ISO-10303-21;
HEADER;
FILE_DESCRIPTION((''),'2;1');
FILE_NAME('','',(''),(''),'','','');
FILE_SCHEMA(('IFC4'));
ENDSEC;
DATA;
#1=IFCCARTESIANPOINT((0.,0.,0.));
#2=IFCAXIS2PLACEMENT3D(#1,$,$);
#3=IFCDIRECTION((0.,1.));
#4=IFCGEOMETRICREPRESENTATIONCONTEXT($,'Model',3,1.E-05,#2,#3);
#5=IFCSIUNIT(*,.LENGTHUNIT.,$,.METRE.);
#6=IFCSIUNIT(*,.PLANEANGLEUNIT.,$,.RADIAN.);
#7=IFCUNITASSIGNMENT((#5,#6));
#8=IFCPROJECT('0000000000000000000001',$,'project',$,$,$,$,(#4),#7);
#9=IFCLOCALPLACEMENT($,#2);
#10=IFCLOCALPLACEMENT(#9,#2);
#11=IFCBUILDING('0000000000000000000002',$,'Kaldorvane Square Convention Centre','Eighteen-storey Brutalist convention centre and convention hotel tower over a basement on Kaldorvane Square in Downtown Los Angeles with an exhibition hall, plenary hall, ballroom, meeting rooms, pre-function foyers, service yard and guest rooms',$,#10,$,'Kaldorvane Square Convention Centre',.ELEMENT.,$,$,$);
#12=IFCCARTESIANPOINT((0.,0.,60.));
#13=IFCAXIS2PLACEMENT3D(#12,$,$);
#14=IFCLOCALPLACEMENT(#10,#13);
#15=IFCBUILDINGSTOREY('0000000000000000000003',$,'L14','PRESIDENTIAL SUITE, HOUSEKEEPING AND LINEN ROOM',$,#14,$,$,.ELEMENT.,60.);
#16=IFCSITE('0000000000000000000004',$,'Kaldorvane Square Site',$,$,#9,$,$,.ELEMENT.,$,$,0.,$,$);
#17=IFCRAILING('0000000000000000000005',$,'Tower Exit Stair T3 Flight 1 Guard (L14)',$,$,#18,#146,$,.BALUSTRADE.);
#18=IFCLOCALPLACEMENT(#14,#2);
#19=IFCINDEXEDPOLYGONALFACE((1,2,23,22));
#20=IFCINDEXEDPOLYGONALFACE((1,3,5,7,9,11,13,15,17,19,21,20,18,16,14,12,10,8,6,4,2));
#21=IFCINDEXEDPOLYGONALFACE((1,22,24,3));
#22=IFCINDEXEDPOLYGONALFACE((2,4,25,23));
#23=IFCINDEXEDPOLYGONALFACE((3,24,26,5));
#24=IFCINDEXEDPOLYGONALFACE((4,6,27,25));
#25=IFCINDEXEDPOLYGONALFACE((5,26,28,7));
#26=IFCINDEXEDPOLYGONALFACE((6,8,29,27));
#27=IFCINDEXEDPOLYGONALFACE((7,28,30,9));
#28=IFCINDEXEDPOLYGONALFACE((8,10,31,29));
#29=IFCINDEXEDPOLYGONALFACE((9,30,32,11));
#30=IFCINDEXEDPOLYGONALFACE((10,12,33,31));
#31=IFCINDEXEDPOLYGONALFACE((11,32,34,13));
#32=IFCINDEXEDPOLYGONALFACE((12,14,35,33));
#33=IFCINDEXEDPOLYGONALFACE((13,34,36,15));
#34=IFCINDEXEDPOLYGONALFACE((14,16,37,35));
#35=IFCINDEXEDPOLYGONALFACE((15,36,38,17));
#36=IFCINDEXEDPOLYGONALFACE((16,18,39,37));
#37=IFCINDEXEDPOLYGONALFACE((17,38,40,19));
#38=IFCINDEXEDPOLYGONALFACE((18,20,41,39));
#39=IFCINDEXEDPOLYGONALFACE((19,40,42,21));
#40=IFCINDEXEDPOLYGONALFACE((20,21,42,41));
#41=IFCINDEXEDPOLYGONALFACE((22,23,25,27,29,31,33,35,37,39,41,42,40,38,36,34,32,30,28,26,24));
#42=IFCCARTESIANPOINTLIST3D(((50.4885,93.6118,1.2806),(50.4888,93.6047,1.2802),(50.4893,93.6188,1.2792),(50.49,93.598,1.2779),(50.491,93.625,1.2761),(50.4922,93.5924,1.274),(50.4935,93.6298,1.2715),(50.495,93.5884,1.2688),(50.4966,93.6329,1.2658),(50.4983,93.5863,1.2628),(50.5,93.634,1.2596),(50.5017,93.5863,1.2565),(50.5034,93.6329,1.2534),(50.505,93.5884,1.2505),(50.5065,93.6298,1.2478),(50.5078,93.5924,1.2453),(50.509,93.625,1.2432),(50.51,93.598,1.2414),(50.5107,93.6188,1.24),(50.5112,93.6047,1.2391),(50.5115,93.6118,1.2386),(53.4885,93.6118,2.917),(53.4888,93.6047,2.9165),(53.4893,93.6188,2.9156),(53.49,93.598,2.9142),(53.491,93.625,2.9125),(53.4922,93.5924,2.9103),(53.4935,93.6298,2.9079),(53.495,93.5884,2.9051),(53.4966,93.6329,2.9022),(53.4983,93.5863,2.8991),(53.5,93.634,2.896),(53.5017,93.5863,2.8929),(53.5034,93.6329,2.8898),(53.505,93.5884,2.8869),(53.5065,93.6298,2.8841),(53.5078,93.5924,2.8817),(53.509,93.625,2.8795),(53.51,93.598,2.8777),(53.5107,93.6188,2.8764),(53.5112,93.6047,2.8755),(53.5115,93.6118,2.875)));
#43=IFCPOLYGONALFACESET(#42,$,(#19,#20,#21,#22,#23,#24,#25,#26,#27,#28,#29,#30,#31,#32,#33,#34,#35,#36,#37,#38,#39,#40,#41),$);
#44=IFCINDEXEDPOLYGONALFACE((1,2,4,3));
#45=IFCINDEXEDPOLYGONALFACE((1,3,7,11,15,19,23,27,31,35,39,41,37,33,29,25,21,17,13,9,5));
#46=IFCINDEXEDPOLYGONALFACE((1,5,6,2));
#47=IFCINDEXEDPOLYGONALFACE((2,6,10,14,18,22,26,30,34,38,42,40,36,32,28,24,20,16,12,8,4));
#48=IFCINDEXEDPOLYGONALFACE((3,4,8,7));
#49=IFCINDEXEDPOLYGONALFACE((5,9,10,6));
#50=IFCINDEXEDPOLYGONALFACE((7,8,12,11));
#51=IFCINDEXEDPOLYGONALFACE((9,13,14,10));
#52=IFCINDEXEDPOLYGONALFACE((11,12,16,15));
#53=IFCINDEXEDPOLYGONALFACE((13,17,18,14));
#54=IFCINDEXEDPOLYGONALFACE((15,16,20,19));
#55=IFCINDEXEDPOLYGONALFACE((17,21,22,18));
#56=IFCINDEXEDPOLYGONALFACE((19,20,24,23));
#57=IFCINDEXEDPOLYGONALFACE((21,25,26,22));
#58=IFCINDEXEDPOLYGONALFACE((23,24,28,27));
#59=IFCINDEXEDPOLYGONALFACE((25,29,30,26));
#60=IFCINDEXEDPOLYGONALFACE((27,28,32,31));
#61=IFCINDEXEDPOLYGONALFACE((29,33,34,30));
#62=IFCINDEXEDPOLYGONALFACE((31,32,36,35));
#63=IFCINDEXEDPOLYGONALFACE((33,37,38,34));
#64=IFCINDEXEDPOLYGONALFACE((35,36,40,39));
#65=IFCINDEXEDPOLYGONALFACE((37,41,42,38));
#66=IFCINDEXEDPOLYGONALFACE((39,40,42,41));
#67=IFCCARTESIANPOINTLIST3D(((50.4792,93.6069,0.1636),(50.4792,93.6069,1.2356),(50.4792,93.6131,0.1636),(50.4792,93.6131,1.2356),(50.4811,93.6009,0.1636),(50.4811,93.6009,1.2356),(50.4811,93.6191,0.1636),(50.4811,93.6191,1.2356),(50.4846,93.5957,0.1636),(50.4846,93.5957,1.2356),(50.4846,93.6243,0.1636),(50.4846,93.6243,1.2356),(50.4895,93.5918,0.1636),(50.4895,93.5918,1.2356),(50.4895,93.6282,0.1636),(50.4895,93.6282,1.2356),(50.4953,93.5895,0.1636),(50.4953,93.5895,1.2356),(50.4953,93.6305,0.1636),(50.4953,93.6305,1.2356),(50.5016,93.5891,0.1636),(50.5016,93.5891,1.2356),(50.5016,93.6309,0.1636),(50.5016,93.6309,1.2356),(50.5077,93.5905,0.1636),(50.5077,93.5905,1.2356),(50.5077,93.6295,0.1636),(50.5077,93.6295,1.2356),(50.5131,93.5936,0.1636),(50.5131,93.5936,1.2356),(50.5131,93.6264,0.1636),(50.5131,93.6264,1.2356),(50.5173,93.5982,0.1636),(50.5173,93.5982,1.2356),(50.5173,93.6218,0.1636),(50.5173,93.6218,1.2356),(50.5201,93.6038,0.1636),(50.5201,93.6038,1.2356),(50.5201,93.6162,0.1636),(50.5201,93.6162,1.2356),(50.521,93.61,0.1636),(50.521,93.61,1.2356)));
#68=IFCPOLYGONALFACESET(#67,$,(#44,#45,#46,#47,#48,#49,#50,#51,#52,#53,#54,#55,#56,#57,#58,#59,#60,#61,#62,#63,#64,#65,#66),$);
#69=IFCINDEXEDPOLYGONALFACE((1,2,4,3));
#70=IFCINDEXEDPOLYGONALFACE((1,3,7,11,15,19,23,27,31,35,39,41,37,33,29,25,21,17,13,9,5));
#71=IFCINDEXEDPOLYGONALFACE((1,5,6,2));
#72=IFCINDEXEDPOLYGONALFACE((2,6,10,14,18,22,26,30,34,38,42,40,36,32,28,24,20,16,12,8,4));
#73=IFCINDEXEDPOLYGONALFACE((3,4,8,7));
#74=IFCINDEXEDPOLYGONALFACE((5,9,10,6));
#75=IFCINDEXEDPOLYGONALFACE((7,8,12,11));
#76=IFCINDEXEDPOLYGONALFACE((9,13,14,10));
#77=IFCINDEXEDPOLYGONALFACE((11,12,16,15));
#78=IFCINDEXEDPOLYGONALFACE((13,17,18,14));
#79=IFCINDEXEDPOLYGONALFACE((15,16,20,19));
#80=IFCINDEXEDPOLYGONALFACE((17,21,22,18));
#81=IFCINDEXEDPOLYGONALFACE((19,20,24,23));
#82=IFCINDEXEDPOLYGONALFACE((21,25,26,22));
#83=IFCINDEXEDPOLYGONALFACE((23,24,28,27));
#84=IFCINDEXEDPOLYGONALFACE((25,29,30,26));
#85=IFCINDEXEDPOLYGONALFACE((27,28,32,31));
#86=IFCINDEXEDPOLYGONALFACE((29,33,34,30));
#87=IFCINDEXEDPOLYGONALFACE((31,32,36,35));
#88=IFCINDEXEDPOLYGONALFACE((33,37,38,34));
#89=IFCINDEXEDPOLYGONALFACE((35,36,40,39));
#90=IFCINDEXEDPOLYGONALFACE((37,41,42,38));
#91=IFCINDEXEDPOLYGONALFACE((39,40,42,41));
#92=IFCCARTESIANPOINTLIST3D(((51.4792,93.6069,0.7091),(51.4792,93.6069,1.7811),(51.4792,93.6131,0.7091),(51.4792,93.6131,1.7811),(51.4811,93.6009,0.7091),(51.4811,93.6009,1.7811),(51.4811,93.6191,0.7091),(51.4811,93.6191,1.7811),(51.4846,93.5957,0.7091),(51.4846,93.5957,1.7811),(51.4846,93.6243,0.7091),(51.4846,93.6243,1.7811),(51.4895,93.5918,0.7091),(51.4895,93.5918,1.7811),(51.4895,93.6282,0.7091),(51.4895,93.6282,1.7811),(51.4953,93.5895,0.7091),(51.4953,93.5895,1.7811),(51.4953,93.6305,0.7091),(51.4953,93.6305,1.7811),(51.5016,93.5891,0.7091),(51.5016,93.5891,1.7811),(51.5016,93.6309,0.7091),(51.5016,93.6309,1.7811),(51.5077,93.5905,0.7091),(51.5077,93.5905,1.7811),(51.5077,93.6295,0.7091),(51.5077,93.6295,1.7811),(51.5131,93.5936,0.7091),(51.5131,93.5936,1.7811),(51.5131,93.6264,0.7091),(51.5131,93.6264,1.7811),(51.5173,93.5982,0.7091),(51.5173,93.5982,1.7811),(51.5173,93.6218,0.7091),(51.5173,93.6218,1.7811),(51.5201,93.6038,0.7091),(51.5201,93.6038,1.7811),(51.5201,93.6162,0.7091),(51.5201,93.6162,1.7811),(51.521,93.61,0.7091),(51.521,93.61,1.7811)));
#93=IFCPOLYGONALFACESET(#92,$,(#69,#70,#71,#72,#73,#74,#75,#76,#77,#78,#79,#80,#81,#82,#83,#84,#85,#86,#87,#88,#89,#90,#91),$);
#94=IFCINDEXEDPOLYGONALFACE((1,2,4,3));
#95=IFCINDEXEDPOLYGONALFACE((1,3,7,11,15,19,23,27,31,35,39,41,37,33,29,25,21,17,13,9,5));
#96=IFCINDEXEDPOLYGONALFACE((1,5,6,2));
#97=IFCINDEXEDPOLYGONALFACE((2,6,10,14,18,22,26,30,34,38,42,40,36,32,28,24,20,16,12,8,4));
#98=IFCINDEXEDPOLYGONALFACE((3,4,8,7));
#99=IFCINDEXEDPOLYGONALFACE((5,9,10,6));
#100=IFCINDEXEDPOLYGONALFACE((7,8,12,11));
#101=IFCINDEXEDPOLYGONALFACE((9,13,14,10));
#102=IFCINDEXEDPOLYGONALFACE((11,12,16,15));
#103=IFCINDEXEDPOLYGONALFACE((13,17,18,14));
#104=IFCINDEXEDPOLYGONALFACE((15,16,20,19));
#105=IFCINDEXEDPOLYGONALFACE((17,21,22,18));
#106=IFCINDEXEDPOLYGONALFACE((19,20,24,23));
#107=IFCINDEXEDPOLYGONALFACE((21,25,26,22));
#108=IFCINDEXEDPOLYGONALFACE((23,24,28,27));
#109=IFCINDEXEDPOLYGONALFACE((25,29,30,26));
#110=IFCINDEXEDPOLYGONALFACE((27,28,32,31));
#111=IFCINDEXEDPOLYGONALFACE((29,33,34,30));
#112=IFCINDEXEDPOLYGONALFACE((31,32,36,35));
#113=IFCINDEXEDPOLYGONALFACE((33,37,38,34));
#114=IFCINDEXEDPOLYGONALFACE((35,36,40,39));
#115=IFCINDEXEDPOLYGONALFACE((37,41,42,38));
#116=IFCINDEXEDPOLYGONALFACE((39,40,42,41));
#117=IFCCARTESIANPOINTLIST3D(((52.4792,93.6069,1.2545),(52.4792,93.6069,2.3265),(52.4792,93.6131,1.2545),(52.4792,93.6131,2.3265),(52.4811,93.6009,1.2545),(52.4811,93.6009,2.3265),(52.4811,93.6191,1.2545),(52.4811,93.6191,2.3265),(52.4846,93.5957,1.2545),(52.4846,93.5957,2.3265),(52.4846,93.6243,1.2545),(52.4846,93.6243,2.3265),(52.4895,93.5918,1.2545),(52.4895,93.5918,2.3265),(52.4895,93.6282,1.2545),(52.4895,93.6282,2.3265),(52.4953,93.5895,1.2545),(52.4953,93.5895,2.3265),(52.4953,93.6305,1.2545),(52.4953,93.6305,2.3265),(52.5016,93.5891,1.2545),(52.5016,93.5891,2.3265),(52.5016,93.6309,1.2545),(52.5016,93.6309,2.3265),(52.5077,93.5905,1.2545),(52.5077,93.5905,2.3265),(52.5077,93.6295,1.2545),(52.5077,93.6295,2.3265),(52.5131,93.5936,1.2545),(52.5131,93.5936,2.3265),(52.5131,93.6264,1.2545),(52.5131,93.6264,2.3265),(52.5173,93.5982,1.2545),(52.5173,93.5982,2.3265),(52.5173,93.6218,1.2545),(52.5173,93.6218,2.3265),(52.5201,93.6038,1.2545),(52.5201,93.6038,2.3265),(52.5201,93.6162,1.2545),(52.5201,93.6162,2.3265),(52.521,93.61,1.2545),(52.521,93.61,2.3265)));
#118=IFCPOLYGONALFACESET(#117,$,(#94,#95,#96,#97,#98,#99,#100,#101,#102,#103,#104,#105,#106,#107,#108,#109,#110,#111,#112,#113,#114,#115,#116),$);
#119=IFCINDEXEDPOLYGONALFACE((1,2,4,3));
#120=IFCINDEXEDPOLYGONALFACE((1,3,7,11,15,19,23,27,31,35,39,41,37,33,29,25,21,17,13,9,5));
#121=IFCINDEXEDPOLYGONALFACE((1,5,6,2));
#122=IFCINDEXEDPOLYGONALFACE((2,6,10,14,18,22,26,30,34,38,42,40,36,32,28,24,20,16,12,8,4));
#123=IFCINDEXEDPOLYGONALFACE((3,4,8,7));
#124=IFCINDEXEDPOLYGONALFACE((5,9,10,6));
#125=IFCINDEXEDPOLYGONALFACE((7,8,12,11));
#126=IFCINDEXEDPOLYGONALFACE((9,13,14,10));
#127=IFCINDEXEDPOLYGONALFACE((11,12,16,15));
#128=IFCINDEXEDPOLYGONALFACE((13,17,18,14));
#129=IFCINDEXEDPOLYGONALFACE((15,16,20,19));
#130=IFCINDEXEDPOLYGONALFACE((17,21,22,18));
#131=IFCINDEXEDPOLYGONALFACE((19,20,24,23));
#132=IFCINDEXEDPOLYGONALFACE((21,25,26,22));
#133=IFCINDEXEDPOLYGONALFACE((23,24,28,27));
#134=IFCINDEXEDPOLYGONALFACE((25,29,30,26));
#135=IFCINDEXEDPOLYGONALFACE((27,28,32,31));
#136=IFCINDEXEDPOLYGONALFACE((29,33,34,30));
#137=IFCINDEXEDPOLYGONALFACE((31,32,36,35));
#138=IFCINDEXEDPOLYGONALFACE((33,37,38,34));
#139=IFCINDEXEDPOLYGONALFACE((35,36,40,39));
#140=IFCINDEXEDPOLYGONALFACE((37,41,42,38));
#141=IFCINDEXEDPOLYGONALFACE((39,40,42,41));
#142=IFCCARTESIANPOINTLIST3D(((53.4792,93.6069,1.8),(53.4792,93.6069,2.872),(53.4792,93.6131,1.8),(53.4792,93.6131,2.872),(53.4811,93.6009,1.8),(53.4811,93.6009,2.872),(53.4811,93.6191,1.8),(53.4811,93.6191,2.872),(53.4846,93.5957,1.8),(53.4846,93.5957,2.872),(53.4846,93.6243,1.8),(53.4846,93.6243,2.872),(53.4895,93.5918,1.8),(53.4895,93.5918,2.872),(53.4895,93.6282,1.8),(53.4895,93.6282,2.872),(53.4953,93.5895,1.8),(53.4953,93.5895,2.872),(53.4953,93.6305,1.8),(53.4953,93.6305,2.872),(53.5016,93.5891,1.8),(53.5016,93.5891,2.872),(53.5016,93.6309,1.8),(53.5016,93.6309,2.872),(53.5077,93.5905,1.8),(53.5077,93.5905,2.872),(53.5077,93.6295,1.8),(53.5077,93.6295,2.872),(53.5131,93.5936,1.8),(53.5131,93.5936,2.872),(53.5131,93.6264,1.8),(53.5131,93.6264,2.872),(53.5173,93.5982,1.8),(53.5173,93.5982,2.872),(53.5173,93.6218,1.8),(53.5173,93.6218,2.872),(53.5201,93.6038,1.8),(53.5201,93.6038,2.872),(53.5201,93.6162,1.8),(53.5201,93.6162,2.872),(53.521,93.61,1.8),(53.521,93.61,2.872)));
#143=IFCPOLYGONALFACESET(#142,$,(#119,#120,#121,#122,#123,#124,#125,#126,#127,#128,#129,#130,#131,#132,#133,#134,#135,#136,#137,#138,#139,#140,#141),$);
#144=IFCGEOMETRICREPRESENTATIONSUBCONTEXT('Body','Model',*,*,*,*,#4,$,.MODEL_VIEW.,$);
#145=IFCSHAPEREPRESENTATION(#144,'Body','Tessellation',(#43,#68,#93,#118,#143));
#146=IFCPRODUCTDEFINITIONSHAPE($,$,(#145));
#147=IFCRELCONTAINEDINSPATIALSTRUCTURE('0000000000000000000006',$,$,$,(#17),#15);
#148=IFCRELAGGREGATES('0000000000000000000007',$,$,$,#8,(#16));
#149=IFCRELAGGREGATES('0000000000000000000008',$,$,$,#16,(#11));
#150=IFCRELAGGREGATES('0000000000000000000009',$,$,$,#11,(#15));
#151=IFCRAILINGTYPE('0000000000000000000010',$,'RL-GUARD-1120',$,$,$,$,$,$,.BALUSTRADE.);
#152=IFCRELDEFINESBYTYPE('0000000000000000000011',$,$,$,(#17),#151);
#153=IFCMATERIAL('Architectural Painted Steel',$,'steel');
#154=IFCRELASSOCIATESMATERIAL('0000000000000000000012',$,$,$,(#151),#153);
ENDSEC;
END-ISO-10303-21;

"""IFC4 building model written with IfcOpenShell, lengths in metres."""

from ifc_helpers import new_model, si_unit, direction, frame, origin, origin_2d, place, context, subcontext, project, spatial, circle, extrude, material, type_object, element, save


model = new_model("IFC4")

# Units and contexts
model_context = context("Model", 3, precision=1e-05, world=origin(), true_north=direction((0.0, 1.0)))
body_context = subcontext(model_context, "Body", "Model", "MODEL_VIEW")
ifc_project = project(units=[si_unit("LENGTHUNIT", "METRE"), si_unit("PLANEANGLEUNIT", "RADIAN")], contexts=[model_context])

# Site, building, storey
site_placement = place(None, origin())
site = spatial("IfcSite", under=ifc_project, at=site_placement, Name="Kaldorvane Square Site", CompositionType="ELEMENT", RefElevation=0.0)
building_placement = place(site_placement, origin())
building = spatial("IfcBuilding", under=site, at=building_placement, Name="Kaldorvane Square Convention Centre", Description="Eighteen-storey Brutalist convention centre and convention hotel tower over a basement on Kaldorvane Square in Downtown Los Angeles with an exhibition hall, plenary hall, ballroom, meeting rooms, pre-function foyers, service yard and guest rooms", LongName="Kaldorvane Square Convention Centre", CompositionType="ELEMENT")
storey_placement = place(building_placement, frame((0.0, 0.0, 60.0)))
storey = spatial("IfcBuildingStorey", under=building, at=storey_placement, Name="L14", Description="PRESIDENTIAL SUITE, HOUSEKEEPING AND LINEN ROOM", CompositionType="ELEMENT", Elevation=60.0)

# Railing
ifc_material_1 = material(Name="Architectural Painted Steel", Category="steel")
railing_type_1 = type_object("IfcRailingType", Name="RL-GUARD-1120", PredefinedType="BALUSTRADE", material=ifc_material_1)
railing_placement = place(storey_placement, frame((50.5, 93.61, 0.1636)))
element("IfcRailing", 1, at=railing_placement, inside=storey, type_object=railing_type_1, Name="Tower Exit Stair T3 Flight 1 Guard (L14)", PredefinedType="BALUSTRADE", context=body_context, shape_type="SweptSolid", body=[
    extrude(circle(Radius=0.024, at=origin_2d()), frame((0.0, 0.0, 1.096), z_axis=(0.877895, 0.0, 0.478853), x_axis=(0.0, 1.0, 0.0)), (0.0, 0.0, 1.0), 3.4173),
    extrude(circle(Radius=0.021, at=origin_2d()), origin(), (0.0, 0.0, 1.0), 1.072),
    extrude(circle(Radius=0.021, at=origin_2d()), frame((1.0, 0.0, 0.5455)), (0.0, 0.0, 1.0), 1.072),
    extrude(circle(Radius=0.021, at=origin_2d()), frame((2.0, 0.0, 1.0909)), (0.0, 0.0, 1.0), 1.072),
    extrude(circle(Radius=0.021, at=origin_2d()), frame((3.0, 0.0, 1.6364)), (0.0, 0.0, 1.0), 1.072),
])

save(model, "model.ifc")
